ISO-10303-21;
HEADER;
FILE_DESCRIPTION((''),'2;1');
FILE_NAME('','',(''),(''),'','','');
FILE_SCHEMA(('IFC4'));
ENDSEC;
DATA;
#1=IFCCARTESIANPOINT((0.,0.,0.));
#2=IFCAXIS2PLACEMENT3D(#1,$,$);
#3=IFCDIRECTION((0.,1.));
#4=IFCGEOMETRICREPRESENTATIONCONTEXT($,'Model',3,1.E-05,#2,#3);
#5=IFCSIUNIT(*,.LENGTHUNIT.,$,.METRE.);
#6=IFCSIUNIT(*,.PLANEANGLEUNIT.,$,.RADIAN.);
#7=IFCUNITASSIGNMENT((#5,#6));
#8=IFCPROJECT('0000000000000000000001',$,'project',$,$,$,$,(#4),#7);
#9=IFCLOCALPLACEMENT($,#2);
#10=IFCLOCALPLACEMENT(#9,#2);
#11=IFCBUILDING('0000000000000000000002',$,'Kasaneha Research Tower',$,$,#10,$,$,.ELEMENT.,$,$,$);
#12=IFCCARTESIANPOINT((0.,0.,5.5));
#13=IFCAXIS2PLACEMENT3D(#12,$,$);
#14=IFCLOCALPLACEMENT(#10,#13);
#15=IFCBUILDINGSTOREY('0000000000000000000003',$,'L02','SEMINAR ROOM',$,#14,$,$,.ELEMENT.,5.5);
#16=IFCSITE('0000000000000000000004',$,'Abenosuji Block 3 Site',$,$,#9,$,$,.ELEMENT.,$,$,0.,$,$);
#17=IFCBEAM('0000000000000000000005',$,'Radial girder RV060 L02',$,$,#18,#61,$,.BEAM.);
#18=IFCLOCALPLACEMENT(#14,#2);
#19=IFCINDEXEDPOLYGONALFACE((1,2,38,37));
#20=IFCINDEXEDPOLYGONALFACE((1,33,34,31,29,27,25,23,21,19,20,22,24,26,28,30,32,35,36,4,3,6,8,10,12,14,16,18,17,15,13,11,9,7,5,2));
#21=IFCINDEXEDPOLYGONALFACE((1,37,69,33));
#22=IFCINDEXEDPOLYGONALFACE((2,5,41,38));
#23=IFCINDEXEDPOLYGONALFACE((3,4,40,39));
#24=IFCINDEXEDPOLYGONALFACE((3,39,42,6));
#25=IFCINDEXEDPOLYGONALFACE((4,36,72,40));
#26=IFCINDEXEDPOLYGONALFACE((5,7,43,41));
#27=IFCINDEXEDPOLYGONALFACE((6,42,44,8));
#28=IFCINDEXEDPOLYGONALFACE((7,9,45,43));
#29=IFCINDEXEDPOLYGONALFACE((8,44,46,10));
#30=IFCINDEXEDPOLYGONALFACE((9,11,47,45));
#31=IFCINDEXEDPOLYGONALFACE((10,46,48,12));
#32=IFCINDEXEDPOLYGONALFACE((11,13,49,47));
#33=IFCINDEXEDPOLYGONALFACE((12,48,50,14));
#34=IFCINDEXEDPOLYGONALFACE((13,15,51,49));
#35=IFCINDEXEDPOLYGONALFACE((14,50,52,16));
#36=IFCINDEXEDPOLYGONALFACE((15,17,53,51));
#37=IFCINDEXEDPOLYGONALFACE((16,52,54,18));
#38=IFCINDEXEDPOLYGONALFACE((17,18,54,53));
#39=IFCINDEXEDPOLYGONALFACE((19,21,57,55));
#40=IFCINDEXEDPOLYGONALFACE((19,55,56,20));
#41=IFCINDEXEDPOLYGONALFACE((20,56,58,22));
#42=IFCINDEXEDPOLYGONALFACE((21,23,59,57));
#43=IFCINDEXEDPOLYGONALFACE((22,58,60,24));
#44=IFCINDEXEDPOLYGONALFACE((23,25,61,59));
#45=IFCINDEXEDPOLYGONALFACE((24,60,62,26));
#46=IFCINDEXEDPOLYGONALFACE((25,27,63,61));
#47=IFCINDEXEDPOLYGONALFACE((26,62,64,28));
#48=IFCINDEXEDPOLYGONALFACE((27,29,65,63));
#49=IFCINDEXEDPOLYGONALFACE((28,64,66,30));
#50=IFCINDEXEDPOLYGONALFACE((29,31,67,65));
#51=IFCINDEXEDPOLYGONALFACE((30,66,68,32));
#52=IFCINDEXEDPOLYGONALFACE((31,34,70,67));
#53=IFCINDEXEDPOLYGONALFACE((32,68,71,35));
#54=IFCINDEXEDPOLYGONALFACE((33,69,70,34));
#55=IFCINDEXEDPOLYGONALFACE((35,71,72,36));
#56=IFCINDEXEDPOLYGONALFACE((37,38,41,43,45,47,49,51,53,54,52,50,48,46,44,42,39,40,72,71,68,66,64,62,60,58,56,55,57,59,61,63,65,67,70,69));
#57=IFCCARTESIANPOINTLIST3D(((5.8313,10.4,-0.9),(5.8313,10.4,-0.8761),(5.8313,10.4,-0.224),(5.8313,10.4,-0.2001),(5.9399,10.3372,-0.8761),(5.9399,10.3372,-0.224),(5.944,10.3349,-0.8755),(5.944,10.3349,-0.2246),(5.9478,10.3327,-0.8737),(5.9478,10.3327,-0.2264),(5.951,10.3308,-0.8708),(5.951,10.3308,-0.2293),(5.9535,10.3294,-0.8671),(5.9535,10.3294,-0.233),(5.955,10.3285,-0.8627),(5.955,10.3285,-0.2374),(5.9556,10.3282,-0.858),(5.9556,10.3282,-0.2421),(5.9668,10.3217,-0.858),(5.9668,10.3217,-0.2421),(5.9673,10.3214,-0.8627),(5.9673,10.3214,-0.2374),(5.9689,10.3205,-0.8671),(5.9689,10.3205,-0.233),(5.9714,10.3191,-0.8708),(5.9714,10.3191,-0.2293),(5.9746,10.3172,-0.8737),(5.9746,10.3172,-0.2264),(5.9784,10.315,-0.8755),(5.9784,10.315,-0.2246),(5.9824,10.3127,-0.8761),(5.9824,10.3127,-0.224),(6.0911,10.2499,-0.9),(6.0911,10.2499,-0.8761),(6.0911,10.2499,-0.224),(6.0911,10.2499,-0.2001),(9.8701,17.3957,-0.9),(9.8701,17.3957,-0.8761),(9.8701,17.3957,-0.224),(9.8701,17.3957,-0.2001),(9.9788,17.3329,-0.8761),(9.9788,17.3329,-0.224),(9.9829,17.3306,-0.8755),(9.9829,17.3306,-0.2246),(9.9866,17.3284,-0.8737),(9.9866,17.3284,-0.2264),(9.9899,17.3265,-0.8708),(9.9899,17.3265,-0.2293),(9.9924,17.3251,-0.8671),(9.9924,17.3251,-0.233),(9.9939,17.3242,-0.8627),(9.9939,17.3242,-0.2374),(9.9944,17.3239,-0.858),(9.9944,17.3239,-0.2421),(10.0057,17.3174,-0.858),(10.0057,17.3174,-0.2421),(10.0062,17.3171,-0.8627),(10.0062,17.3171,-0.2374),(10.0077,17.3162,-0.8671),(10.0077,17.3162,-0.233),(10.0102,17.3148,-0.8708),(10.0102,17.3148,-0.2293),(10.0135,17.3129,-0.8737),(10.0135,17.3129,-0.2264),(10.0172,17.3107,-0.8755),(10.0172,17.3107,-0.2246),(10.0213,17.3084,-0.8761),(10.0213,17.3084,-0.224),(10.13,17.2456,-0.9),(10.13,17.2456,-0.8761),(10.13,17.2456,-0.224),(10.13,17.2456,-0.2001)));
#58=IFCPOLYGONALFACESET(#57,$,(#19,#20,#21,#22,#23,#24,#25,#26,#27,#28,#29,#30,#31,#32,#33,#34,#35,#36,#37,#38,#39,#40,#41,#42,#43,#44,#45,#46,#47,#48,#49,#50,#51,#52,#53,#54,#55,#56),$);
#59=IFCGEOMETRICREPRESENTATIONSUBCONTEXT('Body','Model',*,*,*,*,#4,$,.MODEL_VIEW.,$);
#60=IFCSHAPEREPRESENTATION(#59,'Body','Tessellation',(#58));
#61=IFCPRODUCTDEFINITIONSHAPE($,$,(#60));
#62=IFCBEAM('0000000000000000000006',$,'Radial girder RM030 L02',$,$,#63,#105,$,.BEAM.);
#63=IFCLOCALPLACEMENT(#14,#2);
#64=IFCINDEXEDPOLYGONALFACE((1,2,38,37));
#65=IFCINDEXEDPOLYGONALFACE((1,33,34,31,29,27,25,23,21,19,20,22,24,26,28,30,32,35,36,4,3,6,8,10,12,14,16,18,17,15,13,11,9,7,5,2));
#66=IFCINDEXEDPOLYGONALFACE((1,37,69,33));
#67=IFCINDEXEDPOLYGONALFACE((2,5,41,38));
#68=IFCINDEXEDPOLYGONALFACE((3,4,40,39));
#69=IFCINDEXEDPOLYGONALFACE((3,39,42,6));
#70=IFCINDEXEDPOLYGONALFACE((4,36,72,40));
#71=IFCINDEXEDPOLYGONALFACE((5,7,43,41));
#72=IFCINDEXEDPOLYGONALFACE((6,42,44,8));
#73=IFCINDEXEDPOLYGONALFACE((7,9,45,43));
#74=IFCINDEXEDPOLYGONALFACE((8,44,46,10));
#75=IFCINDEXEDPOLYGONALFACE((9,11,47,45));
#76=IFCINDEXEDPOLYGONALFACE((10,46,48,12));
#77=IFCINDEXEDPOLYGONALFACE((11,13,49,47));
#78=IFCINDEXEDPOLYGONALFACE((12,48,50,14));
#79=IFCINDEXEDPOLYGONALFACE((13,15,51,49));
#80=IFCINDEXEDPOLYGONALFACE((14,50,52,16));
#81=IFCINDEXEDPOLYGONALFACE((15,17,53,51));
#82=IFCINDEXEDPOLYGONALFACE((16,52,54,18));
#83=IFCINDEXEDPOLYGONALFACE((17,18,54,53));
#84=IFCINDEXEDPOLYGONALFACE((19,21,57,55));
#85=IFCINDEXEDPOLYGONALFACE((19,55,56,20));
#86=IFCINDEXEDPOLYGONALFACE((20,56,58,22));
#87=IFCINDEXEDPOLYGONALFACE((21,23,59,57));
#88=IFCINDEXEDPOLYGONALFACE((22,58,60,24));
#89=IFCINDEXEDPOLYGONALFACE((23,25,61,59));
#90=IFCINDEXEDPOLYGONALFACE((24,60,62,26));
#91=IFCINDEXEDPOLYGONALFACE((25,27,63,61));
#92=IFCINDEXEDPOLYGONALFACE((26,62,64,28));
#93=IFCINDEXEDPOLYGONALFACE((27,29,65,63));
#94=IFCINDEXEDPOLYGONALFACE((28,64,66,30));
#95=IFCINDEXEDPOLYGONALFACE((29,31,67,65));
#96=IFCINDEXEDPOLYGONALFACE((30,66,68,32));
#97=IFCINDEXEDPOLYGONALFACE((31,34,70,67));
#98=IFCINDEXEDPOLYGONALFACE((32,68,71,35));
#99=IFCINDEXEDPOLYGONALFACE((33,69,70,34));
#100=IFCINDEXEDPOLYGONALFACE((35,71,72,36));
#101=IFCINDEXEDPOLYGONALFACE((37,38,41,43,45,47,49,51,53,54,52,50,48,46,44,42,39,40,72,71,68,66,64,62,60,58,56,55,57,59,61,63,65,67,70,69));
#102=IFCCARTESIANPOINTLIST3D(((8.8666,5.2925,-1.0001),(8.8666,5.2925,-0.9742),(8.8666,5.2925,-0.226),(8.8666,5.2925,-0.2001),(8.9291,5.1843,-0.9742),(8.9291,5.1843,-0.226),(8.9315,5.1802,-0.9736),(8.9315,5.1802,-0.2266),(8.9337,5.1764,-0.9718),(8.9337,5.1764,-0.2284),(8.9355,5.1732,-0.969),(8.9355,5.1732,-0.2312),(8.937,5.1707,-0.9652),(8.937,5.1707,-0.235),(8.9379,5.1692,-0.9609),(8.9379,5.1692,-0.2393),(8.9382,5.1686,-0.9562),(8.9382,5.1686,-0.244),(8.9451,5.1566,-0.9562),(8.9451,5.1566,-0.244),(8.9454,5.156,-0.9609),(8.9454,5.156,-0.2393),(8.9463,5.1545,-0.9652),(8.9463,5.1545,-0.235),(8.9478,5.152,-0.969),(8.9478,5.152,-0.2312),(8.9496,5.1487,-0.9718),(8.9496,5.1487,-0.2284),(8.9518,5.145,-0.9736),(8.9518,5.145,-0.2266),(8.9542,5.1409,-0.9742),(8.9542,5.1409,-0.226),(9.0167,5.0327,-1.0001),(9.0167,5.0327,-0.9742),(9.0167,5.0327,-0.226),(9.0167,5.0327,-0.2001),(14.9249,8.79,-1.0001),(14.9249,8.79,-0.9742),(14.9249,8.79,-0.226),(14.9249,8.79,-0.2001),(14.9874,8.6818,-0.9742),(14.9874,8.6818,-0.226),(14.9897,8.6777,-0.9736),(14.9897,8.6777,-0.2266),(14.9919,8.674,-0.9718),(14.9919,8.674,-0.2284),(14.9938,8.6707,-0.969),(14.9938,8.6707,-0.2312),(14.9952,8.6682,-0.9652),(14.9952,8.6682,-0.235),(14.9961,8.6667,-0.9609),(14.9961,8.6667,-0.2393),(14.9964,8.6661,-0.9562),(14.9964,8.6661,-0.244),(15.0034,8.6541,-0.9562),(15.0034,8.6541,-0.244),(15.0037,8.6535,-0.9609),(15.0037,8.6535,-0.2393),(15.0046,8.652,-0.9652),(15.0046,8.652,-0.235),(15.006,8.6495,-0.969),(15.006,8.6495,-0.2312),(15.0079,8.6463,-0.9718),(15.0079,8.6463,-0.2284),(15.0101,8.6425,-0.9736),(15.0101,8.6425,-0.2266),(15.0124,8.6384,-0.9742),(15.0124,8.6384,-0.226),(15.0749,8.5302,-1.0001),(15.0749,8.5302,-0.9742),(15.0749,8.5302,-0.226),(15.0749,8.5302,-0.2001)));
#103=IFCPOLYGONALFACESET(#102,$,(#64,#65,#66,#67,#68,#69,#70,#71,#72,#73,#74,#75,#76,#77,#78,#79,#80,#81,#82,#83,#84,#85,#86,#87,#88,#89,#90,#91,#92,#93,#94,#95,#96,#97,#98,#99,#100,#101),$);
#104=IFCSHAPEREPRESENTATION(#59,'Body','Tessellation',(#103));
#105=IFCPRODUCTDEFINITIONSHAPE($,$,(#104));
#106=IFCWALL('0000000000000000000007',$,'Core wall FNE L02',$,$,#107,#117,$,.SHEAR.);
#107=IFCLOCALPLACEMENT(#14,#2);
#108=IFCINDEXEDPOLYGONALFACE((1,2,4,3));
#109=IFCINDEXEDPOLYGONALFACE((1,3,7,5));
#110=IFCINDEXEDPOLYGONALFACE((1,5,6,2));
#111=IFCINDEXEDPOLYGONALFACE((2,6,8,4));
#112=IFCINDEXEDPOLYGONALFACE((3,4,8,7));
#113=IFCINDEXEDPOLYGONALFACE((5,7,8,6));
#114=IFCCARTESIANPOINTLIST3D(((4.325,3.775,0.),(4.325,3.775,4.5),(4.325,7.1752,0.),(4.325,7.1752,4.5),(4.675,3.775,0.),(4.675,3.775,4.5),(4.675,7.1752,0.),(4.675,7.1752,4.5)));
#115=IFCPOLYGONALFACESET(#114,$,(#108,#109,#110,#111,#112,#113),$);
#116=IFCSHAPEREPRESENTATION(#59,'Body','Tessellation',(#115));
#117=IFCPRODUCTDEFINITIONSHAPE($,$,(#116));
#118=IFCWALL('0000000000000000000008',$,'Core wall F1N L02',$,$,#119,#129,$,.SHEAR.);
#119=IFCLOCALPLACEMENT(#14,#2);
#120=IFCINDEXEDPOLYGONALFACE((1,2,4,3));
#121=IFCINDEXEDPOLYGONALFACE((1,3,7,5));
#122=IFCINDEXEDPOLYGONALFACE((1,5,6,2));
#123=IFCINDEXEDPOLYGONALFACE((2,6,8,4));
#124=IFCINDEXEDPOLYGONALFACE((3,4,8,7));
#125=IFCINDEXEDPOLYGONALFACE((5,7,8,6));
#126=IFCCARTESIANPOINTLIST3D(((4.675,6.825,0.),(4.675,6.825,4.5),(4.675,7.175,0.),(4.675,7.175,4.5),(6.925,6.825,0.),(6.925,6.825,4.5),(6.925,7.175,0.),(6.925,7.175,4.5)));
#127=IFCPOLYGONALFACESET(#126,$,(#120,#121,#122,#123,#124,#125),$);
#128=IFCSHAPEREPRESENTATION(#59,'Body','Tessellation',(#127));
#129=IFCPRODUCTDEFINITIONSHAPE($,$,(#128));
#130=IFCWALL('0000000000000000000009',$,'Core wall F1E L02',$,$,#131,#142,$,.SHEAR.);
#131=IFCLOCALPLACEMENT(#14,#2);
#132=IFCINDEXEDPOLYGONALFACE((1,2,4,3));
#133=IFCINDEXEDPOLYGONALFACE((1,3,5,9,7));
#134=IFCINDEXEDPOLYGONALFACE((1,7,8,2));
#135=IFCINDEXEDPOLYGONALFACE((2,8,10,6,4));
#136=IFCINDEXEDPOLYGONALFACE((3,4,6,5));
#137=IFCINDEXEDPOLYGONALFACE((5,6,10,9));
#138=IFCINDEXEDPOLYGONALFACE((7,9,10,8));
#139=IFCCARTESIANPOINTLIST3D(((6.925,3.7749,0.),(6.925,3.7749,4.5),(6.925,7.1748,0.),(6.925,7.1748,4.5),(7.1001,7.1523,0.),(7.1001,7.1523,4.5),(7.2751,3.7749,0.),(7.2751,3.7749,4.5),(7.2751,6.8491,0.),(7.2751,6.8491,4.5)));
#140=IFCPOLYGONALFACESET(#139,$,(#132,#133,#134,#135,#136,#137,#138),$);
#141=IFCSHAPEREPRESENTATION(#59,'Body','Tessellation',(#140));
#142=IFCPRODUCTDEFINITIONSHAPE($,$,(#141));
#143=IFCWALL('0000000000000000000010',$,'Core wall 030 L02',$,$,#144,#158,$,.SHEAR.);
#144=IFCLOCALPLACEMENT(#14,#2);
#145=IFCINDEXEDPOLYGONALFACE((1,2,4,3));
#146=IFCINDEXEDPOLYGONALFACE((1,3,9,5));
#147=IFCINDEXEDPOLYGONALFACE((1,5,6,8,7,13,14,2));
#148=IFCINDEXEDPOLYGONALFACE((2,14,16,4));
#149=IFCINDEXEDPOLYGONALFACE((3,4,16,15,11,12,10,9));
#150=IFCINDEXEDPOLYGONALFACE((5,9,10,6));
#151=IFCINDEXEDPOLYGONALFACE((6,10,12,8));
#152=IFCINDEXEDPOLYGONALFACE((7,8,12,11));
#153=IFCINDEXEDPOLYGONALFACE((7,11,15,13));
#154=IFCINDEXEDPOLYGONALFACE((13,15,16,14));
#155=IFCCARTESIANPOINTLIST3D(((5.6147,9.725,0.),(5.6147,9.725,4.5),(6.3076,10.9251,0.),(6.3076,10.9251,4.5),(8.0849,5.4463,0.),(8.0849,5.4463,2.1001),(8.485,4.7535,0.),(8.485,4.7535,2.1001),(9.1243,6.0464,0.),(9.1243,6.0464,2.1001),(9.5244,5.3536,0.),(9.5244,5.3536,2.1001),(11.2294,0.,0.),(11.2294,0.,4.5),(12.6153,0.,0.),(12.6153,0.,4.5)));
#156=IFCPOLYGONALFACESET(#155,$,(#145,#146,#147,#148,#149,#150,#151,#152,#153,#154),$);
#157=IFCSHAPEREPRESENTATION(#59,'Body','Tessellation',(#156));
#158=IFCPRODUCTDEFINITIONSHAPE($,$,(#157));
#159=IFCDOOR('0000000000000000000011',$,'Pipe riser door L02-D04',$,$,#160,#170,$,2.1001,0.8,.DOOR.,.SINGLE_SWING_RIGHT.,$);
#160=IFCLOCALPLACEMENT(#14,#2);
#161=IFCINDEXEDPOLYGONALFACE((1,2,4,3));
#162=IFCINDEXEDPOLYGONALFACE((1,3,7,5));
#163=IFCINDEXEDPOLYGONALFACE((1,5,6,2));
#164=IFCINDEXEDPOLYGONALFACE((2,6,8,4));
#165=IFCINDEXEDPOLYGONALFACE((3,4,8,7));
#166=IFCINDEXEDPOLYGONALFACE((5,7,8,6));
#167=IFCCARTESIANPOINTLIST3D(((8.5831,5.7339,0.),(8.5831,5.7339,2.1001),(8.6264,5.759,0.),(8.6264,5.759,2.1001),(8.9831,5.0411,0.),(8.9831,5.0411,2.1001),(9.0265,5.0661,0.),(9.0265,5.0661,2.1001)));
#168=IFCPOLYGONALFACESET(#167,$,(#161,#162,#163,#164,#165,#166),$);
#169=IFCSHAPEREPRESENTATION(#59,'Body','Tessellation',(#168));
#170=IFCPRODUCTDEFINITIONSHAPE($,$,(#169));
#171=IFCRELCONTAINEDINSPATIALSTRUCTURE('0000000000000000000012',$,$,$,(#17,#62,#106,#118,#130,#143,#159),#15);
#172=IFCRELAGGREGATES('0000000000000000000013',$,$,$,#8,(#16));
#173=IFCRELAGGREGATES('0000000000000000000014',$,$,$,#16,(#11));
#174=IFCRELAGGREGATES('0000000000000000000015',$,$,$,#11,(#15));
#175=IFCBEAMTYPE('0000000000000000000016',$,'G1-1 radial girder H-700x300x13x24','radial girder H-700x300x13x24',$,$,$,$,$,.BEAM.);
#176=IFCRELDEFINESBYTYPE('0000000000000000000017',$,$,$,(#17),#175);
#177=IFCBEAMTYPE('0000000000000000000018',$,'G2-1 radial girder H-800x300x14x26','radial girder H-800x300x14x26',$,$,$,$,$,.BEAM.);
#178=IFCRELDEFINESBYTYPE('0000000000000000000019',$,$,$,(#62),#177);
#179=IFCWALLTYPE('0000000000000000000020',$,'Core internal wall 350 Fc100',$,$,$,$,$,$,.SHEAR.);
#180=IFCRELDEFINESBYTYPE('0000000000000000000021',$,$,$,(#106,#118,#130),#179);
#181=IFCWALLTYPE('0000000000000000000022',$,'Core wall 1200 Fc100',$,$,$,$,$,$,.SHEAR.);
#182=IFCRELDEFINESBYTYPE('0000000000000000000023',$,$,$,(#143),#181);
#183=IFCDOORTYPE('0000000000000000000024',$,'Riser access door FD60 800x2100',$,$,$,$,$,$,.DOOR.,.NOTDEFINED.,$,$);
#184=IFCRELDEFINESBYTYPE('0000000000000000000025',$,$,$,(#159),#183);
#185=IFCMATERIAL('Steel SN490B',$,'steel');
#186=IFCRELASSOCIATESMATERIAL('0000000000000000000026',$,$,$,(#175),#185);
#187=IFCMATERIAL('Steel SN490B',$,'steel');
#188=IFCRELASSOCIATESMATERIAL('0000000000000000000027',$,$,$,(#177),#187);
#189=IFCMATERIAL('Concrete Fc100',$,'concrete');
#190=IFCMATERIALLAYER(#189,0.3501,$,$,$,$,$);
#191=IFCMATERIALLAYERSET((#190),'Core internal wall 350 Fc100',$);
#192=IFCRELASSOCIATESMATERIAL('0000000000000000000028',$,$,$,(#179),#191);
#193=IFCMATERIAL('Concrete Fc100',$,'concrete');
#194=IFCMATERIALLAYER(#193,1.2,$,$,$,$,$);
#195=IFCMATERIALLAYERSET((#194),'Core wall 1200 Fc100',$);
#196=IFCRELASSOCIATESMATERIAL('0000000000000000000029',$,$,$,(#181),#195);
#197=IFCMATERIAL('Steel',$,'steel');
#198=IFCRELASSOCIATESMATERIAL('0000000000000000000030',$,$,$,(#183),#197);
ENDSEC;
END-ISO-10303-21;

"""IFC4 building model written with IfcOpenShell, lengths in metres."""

from ifc_helpers import new_model, si_unit, direction, frame, frame_2d, origin, origin_2d, place, context, subcontext, project, spatial, polyline, rectangle, i_section, outline, extrude, material, layer, layer_set, material_profile, profile_set, type_object, element, fill, save


model = new_model("IFC4")

# Units and contexts
model_context = context("Model", 3, precision=1e-05, world=origin(), true_north=direction((0.0, 1.0)))
body_context = subcontext(model_context, "Body", "Model", "MODEL_VIEW")
ifc_project = project(units=[si_unit("LENGTHUNIT", "METRE"), si_unit("PLANEANGLEUNIT", "RADIAN")], contexts=[model_context])

# Site, building, storey
site_placement = place(None, origin())
site = spatial("IfcSite", under=ifc_project, at=site_placement, Name="Abenosuji Block 3 Site", CompositionType="ELEMENT", RefElevation=0.0)
building_placement = place(site_placement, origin())
building = spatial("IfcBuilding", under=site, at=building_placement, Name="Kasaneha Research Tower", CompositionType="ELEMENT")
storey_placement = place(building_placement, frame((0.0, 0.0, 5.5)))
storey = spatial("IfcBuildingStorey", under=building, at=storey_placement, Name="L02", Description="SEMINAR ROOM", CompositionType="ELEMENT", Elevation=5.5)

# Beams
ifc_material_1 = material(Name="Steel SN490B", Category="steel")
ifc_material_profile_1 = material_profile(ifc_material_1, i_section(OverallWidth=0.3, OverallDepth=0.7, WebThickness=0.0129, FlangeThickness=0.0239, FilletRadius=0.0181, at=origin_2d()), Name="H-700x300x13x24")
ifc_profile_set_1 = profile_set([ifc_material_profile_1], Name="Steel SN490B")
beam_type_1 = type_object("IfcBeamType", Name="G1-1 radial girder H-700x300x13x24", Description="radial girder H-700x300x13x24", PredefinedType="BEAM", material=ifc_profile_set_1)
beam_1_placement = place(storey_placement, frame((5.9612, 10.325, -0.55), z_axis=(0.499991, 0.866031, 0.0), x_axis=(-0.866031, 0.499991, 0.0)))
element("IfcBeam", 1, at=beam_1_placement, inside=storey, type_object=beam_type_1, Name="Radial girder RV060 L02", PredefinedType="BEAM", context=body_context, shape_type="SweptSolid", body=[
    extrude(i_section(OverallWidth=0.3, OverallDepth=0.7, WebThickness=0.0129, FlangeThickness=0.0239, FilletRadius=0.0181, at=origin_2d()), origin(), (0.0, 0.0, 1.0), 8.0779),
])
ifc_material_2 = material(Name="Steel SN490B", Category="steel")
ifc_material_profile_2 = material_profile(ifc_material_2, i_section(OverallWidth=0.3, OverallDepth=0.8, WebThickness=0.0139, FlangeThickness=0.0259, FilletRadius=0.0181, at=origin_2d()), Name="H-800x300x14x26")
ifc_profile_set_2 = profile_set([ifc_material_profile_2], Name="Steel SN490B")
beam_type_2 = type_object("IfcBeamType", Name="G2-1 radial girder H-800x300x14x26", Description="radial girder H-800x300x14x26", PredefinedType="BEAM", material=ifc_profile_set_2)
beam_2_placement = place(storey_placement, frame((8.9417, 5.1626, -0.6001), z_axis=(0.86604, 0.499975, 0.0), x_axis=(-0.499975, 0.86604, 0.0)))
element("IfcBeam", 2, at=beam_2_placement, inside=storey, type_object=beam_type_2, Name="Radial girder RM030 L02", PredefinedType="BEAM", context=body_context, shape_type="SweptSolid", body=[
    extrude(i_section(OverallWidth=0.3, OverallDepth=0.8, WebThickness=0.0139, FlangeThickness=0.0259, FilletRadius=0.0181, at=origin_2d()), origin(), (0.0, 0.0, 1.0), 6.9954),
])

# Walls
ifc_material_3 = material(Name="Concrete Fc100", Category="concrete")
ifc_layer_1 = layer(ifc_material_3, 0.3501)
ifc_layer_set_1 = layer_set([ifc_layer_1], Name="Core internal wall 350 Fc100")
wall_type_1 = type_object("IfcWallType", Name="Core internal wall 350 Fc100", PredefinedType="SHEAR", material=ifc_layer_set_1)
wall_1_placement = place(storey_placement, frame((4.5, 3.7749, 0.0), z_axis=(0.0, 0.0, 1.0), x_axis=(0.0, 1.0, 0.0)))
element("IfcWall", 3, at=wall_1_placement, inside=storey, type_object=wall_type_1, Name="Core wall FNE L02", PredefinedType="SHEAR", context=body_context, shape_type="SweptSolid", body=[
    extrude(rectangle(XDim=3.4001, YDim=0.3501, at=frame_2d((1.7002, 0.0))), origin(), (0.0, 0.0, 1.0), 4.5),
])
wall_2_placement = place(storey_placement, frame((4.675, 7.0, 0.0), z_axis=(0.0, 0.0, 1.0), x_axis=(1.0, 0.0, 0.0)))
element("IfcWall", 4, at=wall_2_placement, inside=storey, type_object=wall_type_1, Name="Core wall F1N L02", PredefinedType="SHEAR", context=body_context, shape_type="SweptSolid", body=[
    extrude(rectangle(XDim=2.25, YDim=0.3501, at=frame_2d((1.125, 0.0))), origin(), (0.0, 0.0, 1.0), 4.5),
])
wall_3_placement = place(storey_placement, frame((7.1001, 3.7749, 0.0), z_axis=(0.0, 0.0, 1.0), x_axis=(0.0, 1.0, 0.0)))
element("IfcWall", 5, at=wall_3_placement, inside=storey, type_object=wall_type_1, Name="Core wall F1E L02", PredefinedType="SHEAR", context=body_context, shape_type="SweptSolid", body=[
    extrude(outline(polyline([(0.0, -0.175), (3.0742, -0.175), (3.3774, 0.0), (3.3999, 0.175), (0.0, 0.175), (0.0, -0.175)])), origin(), (0.0, 0.0, 1.0), 4.5),
])

# Wall, opening, door
ifc_material_4 = material(Name="Concrete Fc100", Category="concrete")
ifc_layer_2 = layer(ifc_material_4, 1.2)
ifc_layer_set_2 = layer_set([ifc_layer_2], Name="Core wall 1200 Fc100")
wall_type_2 = type_object("IfcWallType", Name="Core wall 1200 Fc100", PredefinedType="SHEAR", material=ifc_layer_set_2)
wall_4_placement = place(storey_placement, frame((11.9224, 0.0, 0.0), z_axis=(0.0, 0.0, 1.0), x_axis=(-0.500004, 0.866023, 0.0)))
wall_4 = element("IfcWall", 6, at=wall_4_placement, inside=storey, type_object=wall_type_2, Name="Core wall 030 L02", PredefinedType="SHEAR", context=body_context, shape_type="SweptSolid", body=[
    extrude(outline(polyline([(-0.3464, -0.6001), (5.8354, -0.6001), (6.6355, -0.6001), (12.2688, -0.6001), (11.5759, 0.6001), (6.6355, 0.6001), (5.8354, 0.6001), (0.3464, 0.6001), (-0.3464, -0.6001)])), origin(), (0.0, 0.0, 1.0), 4.5),
])
opening_1_placement = place(wall_4_placement, frame((5.8354, 0.0, 0.0)))
opening_1 = element("IfcOpeningElement", 7, at=opening_1_placement, cuts=wall_4, PredefinedType="OPENING", context=body_context, shape_type="SweptSolid", body=[
    extrude(rectangle(XDim=0.8, YDim=2.1001, at=frame_2d((0.3999, 1.05))), frame((0.0, 0.6099, 0.0), z_axis=(0.0, -1.0, 0.0), x_axis=(1.0, 0.0, 0.0)), (0.0, 0.0, 1.0), 1.22),
])
ifc_material_5 = material(Name="Steel", Category="steel")
door_type_1 = type_object("IfcDoorType", Name="Riser access door FD60 800x2100", OperationType="NOTDEFINED", PredefinedType="DOOR", material=ifc_material_5)
door_1_placement = place(opening_1_placement, origin())
door_1 = element("IfcDoor", 8, at=door_1_placement, inside=storey, type_object=door_type_1, Name="Pipe riser door L02-D04", OperationType="SINGLE_SWING_RIGHT", OverallHeight=2.1001, OverallWidth=0.8, PredefinedType="DOOR", context=body_context, shape_type="SweptSolid", body=[
    extrude(rectangle(XDim=0.8, YDim=2.1001, at=frame_2d((0.3999, 1.05))), frame((0.0, 0.0249, 0.0), z_axis=(0.0, -1.0, 0.0), x_axis=(1.0, 0.0, 0.0)), (0.0, 0.0, 1.0), 0.05),
])
fill(opening_1, door_1)

save(model, "model.ifc")
